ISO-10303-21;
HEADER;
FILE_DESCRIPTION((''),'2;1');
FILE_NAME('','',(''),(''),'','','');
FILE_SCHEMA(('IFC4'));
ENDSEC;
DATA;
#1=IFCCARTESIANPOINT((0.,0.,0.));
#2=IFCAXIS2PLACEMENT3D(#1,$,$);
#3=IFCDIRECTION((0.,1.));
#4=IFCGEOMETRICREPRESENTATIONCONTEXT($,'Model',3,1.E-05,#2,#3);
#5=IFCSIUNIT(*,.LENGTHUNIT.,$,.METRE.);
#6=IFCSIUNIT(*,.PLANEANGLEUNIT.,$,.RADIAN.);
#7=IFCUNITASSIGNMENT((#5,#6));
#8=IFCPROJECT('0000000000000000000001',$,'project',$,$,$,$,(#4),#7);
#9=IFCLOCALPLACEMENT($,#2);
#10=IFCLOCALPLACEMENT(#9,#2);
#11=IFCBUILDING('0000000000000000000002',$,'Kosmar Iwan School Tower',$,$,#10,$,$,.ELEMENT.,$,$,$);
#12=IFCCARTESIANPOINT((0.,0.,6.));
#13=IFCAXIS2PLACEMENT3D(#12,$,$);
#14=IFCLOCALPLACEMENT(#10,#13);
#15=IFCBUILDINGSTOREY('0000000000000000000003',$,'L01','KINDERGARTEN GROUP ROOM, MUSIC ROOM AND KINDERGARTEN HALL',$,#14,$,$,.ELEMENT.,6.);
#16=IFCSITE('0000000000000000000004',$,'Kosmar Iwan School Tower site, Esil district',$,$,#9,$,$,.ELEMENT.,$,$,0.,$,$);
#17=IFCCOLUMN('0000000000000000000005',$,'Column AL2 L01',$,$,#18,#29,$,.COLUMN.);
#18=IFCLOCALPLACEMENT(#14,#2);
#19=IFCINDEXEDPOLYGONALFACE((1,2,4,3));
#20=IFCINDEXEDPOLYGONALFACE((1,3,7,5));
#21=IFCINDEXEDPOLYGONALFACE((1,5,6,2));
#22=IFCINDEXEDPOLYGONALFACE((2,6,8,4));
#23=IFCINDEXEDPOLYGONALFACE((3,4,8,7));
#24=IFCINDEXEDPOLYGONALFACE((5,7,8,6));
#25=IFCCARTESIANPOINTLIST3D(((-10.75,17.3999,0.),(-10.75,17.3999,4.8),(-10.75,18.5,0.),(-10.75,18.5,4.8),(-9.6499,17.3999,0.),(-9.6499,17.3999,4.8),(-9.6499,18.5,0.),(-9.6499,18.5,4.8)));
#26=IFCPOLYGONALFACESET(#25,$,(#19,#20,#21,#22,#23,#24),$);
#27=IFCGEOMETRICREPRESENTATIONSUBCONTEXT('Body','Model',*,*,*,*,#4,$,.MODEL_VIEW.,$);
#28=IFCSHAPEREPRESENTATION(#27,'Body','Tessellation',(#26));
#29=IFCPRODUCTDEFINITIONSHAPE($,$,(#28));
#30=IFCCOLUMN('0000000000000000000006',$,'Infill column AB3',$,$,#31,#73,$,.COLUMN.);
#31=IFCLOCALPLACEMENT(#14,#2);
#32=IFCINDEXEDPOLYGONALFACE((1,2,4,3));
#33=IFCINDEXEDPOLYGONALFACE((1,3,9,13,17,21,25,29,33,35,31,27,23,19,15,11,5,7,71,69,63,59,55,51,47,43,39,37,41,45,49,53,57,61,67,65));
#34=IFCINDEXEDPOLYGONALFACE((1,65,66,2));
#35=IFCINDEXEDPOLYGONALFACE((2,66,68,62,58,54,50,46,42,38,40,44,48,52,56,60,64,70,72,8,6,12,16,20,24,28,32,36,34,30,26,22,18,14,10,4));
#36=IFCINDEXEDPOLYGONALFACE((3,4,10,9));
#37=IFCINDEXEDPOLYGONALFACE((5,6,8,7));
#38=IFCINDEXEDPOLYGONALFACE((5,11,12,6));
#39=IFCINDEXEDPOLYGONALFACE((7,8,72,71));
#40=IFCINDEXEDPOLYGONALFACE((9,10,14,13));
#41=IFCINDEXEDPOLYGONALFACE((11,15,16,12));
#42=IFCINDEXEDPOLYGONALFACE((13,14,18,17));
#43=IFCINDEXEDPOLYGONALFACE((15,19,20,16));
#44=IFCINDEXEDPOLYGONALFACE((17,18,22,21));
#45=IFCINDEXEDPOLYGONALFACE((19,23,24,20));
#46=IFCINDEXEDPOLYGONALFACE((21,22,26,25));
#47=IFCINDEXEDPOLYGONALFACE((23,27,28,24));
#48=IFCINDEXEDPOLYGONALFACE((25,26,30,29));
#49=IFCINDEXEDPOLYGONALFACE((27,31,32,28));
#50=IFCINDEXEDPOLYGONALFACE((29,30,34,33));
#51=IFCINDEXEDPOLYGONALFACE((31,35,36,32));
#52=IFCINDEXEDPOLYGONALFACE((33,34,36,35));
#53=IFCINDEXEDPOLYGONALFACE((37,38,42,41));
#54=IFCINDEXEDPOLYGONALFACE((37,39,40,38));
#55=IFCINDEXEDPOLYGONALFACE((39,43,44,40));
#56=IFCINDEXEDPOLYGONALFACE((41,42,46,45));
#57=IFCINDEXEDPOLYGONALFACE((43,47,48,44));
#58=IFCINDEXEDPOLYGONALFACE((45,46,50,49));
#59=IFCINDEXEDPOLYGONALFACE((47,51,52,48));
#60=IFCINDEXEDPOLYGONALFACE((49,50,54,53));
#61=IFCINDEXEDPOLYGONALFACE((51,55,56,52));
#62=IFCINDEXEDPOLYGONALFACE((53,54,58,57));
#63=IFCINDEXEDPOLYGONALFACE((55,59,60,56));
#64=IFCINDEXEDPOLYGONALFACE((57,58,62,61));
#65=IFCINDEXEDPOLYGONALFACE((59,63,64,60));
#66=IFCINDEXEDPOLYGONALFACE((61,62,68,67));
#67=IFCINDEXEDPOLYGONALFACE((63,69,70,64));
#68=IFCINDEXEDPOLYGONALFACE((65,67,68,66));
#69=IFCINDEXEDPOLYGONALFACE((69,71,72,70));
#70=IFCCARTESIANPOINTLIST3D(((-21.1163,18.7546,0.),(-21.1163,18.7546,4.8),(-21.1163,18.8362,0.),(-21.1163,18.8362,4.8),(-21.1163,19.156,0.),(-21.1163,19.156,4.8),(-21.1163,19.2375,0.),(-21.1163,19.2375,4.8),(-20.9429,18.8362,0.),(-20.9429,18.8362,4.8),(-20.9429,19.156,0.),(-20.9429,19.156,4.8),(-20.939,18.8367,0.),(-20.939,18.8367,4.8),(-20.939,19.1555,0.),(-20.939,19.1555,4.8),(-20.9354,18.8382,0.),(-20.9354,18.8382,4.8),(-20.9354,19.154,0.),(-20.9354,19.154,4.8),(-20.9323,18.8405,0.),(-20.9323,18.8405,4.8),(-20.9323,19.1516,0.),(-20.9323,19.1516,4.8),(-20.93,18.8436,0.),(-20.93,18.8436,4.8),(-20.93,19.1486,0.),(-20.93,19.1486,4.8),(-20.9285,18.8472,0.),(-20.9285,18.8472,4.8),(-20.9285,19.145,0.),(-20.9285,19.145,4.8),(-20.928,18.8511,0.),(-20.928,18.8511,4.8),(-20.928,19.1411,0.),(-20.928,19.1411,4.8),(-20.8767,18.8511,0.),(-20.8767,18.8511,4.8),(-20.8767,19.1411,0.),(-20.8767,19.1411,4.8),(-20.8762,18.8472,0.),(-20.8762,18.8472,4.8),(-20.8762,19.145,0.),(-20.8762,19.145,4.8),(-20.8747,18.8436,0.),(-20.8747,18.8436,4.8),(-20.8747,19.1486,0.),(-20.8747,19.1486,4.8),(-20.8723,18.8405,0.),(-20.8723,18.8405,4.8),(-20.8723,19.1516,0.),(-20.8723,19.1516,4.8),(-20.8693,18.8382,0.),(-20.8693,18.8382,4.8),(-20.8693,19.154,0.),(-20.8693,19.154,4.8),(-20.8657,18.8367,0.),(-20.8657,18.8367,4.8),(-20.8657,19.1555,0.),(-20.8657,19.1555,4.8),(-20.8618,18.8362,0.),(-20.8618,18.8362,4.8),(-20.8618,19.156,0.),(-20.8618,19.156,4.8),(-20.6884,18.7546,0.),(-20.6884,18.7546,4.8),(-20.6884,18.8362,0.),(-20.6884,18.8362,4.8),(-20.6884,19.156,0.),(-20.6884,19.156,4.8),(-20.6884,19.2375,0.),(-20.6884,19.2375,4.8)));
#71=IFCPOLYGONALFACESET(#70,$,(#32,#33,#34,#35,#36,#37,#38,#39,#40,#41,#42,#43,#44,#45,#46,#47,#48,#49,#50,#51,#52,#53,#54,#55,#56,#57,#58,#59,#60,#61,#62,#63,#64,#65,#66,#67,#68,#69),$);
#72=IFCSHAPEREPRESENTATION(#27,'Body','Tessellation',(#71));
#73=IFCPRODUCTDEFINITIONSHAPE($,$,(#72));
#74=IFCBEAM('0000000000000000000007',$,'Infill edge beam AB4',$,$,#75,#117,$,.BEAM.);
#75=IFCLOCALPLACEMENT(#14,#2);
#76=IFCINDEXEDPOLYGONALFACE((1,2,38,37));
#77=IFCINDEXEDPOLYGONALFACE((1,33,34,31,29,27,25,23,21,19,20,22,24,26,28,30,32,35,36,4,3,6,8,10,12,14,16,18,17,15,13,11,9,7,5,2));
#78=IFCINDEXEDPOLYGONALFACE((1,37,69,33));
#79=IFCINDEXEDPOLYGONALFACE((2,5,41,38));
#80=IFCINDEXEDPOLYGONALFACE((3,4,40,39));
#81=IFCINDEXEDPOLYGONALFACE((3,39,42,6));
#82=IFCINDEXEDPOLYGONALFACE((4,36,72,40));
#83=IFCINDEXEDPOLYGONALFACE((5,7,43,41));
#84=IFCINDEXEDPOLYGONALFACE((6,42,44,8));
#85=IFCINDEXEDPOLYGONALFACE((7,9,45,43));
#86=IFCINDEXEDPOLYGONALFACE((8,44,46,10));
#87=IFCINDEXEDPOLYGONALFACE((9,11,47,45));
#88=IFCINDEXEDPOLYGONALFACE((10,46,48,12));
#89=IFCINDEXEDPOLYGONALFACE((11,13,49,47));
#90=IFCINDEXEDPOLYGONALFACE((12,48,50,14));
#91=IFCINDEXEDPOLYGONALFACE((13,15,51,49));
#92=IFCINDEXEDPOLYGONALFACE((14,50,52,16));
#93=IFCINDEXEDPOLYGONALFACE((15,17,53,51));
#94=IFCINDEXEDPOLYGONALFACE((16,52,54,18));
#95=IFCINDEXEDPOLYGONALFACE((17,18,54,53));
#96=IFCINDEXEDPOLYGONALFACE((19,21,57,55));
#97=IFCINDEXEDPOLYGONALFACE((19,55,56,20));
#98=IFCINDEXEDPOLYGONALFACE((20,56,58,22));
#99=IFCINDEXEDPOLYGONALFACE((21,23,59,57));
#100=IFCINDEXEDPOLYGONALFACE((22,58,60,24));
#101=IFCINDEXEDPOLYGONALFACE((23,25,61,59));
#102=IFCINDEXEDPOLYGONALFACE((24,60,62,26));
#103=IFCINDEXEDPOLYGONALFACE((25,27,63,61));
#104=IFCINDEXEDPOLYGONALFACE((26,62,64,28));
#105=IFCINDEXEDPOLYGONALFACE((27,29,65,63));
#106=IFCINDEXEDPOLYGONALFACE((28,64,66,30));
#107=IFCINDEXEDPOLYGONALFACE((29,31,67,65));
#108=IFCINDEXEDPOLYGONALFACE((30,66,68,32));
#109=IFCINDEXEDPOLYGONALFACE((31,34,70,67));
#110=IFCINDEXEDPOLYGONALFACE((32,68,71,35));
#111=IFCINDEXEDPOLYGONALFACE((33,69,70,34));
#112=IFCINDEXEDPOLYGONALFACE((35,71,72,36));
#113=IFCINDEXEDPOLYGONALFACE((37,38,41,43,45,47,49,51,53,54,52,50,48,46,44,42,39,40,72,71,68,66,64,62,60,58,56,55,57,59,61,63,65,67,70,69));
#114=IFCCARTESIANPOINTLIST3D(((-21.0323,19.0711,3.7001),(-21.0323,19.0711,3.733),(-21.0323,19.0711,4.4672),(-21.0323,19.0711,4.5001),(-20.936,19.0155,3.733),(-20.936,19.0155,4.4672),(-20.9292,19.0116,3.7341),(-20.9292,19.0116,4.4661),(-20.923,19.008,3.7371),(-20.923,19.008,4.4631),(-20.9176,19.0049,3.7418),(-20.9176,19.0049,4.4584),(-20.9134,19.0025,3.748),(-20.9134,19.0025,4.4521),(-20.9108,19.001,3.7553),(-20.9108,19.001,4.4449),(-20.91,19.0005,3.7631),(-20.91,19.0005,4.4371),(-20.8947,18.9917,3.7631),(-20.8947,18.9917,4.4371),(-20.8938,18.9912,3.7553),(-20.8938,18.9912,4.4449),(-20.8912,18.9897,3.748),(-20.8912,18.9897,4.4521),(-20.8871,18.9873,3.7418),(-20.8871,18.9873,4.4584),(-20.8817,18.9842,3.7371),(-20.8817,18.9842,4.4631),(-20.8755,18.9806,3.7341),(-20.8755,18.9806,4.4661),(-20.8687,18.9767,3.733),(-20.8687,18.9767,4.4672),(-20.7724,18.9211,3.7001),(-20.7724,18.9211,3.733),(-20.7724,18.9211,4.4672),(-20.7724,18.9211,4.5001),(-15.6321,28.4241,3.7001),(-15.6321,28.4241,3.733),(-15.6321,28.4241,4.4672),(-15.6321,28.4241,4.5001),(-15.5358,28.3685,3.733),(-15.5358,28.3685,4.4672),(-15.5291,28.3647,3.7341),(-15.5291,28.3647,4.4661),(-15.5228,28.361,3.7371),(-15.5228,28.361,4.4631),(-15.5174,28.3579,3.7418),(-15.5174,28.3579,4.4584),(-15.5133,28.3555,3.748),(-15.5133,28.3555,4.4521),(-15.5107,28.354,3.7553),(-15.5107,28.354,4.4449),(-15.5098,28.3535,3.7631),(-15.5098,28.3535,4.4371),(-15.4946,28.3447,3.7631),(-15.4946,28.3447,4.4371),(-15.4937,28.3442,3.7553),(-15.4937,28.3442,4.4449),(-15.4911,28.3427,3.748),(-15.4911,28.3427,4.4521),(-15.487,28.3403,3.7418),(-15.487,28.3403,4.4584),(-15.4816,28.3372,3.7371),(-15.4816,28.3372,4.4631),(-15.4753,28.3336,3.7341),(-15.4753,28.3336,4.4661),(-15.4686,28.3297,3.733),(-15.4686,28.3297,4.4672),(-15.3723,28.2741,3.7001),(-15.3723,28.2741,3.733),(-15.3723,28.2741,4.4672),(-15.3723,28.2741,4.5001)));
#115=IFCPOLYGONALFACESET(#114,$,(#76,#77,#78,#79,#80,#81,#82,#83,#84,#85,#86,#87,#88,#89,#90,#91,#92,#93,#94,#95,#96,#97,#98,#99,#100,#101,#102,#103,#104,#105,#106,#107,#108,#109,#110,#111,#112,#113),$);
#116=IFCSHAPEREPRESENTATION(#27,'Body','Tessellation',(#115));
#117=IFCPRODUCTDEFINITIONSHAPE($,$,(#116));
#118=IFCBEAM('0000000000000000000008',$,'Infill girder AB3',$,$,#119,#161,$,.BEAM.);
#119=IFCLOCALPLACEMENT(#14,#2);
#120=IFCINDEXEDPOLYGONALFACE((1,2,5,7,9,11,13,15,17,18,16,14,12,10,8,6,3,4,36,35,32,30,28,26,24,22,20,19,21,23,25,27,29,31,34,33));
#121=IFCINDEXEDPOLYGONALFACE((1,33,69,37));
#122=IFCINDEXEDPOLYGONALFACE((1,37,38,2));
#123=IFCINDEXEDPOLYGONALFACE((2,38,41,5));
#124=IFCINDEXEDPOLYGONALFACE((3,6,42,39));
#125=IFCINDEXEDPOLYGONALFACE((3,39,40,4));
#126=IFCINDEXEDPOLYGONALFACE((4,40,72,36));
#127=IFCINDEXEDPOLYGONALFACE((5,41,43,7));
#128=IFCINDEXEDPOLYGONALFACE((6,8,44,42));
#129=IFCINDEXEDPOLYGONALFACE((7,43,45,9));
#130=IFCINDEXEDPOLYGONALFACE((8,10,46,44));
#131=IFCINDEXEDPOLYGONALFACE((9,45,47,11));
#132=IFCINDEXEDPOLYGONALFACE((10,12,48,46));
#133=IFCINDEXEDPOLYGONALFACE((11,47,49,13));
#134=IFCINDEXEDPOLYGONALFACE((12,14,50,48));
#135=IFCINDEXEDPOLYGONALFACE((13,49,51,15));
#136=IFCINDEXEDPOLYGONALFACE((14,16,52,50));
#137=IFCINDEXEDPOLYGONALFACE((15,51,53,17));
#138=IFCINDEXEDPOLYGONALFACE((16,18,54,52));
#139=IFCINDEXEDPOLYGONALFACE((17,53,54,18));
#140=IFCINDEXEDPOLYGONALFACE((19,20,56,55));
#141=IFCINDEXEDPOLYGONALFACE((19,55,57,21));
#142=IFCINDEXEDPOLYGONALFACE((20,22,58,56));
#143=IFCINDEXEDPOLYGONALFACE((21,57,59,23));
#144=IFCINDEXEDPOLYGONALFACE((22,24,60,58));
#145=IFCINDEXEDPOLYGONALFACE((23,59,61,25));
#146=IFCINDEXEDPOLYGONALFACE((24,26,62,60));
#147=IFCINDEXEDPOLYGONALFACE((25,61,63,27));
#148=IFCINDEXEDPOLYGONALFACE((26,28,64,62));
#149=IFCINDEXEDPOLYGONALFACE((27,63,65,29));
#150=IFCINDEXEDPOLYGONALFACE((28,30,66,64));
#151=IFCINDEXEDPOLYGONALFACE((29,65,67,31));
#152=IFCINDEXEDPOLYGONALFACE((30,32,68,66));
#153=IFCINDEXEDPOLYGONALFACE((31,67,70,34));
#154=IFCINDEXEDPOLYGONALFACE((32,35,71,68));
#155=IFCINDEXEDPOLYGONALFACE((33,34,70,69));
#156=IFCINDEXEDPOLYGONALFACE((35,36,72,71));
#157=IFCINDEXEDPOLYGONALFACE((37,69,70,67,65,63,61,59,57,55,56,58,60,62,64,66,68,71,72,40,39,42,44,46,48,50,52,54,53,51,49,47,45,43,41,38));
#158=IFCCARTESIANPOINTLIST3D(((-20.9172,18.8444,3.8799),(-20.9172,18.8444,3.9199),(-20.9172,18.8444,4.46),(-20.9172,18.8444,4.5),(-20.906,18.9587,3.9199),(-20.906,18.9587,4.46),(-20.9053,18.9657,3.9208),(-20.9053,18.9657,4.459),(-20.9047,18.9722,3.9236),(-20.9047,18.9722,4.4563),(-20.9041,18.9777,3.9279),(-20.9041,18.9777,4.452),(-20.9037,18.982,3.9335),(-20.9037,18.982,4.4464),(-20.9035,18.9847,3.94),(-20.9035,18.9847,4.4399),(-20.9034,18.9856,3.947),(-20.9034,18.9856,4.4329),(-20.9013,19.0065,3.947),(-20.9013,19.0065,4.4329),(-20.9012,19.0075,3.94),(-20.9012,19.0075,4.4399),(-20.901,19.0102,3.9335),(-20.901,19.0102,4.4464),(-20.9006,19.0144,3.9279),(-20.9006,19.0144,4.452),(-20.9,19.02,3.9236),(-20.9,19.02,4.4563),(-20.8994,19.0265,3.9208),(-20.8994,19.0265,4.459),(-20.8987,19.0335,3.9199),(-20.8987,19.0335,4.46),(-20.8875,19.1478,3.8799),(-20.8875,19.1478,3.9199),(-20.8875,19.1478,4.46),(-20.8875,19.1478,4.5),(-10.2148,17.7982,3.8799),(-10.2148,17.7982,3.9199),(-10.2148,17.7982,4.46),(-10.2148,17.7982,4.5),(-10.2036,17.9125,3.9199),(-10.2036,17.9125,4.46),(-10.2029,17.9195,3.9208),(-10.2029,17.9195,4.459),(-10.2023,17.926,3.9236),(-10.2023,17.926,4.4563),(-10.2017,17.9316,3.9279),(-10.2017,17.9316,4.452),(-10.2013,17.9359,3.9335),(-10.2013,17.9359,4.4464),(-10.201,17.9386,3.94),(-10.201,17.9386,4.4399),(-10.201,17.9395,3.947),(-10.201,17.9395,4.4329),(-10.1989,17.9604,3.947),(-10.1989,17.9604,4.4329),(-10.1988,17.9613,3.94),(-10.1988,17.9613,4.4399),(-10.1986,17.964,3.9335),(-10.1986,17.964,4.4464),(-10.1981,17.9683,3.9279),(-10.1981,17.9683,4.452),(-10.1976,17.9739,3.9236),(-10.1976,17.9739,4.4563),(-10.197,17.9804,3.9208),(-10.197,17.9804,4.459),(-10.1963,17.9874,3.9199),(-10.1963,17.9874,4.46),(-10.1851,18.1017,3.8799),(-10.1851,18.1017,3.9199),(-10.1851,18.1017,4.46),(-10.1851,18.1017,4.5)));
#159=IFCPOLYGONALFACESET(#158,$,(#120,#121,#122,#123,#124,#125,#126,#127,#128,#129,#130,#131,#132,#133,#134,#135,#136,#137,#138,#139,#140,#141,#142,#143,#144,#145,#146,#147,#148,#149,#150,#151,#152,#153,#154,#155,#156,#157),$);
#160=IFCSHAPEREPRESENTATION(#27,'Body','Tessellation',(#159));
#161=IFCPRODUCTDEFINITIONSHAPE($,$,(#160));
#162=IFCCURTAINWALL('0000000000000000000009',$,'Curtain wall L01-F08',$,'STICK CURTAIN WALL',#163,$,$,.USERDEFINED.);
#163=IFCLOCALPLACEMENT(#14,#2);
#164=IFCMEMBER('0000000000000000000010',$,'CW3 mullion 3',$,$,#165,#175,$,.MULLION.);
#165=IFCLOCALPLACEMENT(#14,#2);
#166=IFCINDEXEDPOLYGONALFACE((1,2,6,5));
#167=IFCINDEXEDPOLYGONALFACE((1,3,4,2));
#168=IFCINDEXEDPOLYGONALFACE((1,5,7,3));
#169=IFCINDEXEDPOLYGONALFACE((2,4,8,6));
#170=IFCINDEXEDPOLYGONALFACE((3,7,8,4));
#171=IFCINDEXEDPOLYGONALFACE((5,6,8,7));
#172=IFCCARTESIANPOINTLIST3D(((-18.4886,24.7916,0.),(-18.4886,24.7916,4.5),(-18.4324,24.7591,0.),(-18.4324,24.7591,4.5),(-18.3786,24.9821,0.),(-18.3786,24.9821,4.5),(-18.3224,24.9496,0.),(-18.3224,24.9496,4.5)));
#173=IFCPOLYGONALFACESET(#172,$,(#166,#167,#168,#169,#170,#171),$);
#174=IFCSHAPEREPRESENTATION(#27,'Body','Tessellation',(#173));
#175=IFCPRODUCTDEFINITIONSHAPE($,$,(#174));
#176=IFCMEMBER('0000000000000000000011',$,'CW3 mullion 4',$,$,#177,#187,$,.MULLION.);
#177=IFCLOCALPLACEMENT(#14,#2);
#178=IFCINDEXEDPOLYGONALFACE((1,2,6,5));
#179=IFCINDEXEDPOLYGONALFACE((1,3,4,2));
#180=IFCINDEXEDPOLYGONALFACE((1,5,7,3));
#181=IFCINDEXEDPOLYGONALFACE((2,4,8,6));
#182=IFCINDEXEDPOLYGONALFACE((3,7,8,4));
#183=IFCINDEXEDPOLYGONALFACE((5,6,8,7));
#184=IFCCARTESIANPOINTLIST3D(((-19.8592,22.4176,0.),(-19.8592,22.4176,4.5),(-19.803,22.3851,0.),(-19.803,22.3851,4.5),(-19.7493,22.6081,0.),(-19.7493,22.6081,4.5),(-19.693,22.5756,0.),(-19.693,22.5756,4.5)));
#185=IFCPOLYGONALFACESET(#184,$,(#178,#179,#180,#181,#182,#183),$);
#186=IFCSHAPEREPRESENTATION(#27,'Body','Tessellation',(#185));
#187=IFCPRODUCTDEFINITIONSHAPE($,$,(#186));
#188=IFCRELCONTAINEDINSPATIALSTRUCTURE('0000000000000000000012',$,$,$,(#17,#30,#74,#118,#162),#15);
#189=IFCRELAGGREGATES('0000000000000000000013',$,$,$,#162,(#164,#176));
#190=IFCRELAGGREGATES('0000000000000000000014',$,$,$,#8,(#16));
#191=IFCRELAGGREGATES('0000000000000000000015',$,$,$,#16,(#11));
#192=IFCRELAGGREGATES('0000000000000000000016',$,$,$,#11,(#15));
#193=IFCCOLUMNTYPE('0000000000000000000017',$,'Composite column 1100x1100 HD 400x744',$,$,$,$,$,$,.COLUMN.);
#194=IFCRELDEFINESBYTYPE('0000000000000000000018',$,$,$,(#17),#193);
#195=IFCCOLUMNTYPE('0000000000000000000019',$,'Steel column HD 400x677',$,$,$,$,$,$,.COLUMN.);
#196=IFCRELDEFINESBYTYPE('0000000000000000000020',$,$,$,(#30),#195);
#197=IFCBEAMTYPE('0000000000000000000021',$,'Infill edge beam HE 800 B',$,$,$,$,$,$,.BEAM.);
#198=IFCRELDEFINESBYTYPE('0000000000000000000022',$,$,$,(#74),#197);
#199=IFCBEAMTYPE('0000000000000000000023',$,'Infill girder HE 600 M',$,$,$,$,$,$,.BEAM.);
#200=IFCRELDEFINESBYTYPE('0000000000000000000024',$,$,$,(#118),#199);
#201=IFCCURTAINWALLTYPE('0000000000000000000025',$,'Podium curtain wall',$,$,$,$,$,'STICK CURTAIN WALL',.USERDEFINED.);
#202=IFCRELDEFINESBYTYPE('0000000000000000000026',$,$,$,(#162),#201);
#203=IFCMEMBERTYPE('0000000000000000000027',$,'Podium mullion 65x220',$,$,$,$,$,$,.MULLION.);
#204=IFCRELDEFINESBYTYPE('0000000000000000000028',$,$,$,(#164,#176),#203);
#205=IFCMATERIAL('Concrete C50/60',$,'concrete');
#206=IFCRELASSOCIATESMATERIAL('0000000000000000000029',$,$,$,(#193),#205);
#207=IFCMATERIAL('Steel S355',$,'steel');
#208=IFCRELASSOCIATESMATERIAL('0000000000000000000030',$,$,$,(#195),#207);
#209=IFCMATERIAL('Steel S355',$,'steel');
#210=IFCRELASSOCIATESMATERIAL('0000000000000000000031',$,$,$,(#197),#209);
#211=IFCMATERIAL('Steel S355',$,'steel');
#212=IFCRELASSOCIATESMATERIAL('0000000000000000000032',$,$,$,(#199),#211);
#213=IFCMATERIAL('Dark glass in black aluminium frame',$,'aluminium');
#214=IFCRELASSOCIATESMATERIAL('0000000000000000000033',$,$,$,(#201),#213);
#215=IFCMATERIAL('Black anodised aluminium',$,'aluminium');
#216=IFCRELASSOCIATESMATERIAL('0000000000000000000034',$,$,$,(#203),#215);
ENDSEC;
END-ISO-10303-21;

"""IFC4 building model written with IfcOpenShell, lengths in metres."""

from ifc_helpers import new_model, si_unit, direction, frame, origin, origin_2d, place, context, subcontext, project, spatial, rectangle, i_section, extrude, material, material_profile, profile_set, type_object, element, aggregate, save


model = new_model("IFC4")

# Units and contexts
model_context = context("Model", 3, precision=1e-05, world=origin(), true_north=direction((0.0, 1.0)))
body_context = subcontext(model_context, "Body", "Model", "MODEL_VIEW")
ifc_project = project(units=[si_unit("LENGTHUNIT", "METRE"), si_unit("PLANEANGLEUNIT", "RADIAN")], contexts=[model_context])

# Site, building, storey
site_placement = place(None, origin())
site = spatial("IfcSite", under=ifc_project, at=site_placement, Name="Kosmar Iwan School Tower site, Esil district", CompositionType="ELEMENT", RefElevation=0.0)
building_placement = place(site_placement, origin())
building = spatial("IfcBuilding", under=site, at=building_placement, Name="Kosmar Iwan School Tower", CompositionType="ELEMENT")
storey_placement = place(building_placement, frame((0.0, 0.0, 6.0)))
storey = spatial("IfcBuildingStorey", under=building, at=storey_placement, Name="L01", Description="KINDERGARTEN GROUP ROOM, MUSIC ROOM AND KINDERGARTEN HALL", CompositionType="ELEMENT", Elevation=6.0)

# Columns
ifc_material_1 = material(Name="Concrete C50/60", Category="concrete")
ifc_material_profile_1 = material_profile(ifc_material_1, rectangle(XDim=1.1001, YDim=1.1001, at=origin_2d()), Name="RC 1100x1100 + HD 400x744")
ifc_profile_set_1 = profile_set([ifc_material_profile_1], Name="Concrete C50/60")
column_type_1 = type_object("IfcColumnType", Name="Composite column 1100x1100 HD 400x744", PredefinedType="COLUMN", material=ifc_profile_set_1)
column_1_placement = place(storey_placement, frame((-10.2, 17.95, 0.0), z_axis=(0.0, 0.0, 1.0), x_axis=(0.0, 1.0, 0.0)))
element("IfcColumn", 1, at=column_1_placement, inside=storey, type_object=column_type_1, Name="Column AL2 L01", PredefinedType="COLUMN", context=body_context, shape_type="SweptSolid", body=[
    extrude(rectangle(XDim=1.1001, YDim=1.1001, at=origin_2d()), origin(), (0.0, 0.0, 1.0), 4.8),
])
ifc_material_2 = material(Name="Steel S355", Category="steel")
ifc_material_profile_2 = material_profile(ifc_material_2, i_section(OverallWidth=0.428, OverallDepth=0.4829, WebThickness=0.0513, FlangeThickness=0.0815, FilletRadius=0.0149, at=origin_2d()), Name="HD 400x677")
ifc_profile_set_2 = profile_set([ifc_material_profile_2], Name="Steel S355")
column_type_2 = type_object("IfcColumnType", Name="Steel column HD 400x677", PredefinedType="COLUMN", material=ifc_profile_set_2)
column_2_placement = place(storey_placement, frame((-20.9023, 18.9961, 0.0), z_axis=(0.0, 0.0, 1.0), x_axis=(1.0, 0.0, 0.0)))
element("IfcColumn", 2, at=column_2_placement, inside=storey, type_object=column_type_2, Name="Infill column AB3", PredefinedType="COLUMN", context=body_context, shape_type="SweptSolid", body=[
    extrude(i_section(OverallWidth=0.428, OverallDepth=0.4829, WebThickness=0.0513, FlangeThickness=0.0815, FilletRadius=0.0149, at=origin_2d()), origin(), (0.0, 0.0, 1.0), 4.8),
])

# Beams
ifc_material_3 = material(Name="Steel S355", Category="steel")
ifc_material_profile_3 = material_profile(ifc_material_3, i_section(OverallWidth=0.3, OverallDepth=0.8, WebThickness=0.0176, FlangeThickness=0.033, FilletRadius=0.03, at=origin_2d()), Name="HE 800 B")
ifc_profile_set_3 = profile_set([ifc_material_profile_3], Name="Steel S355")
beam_type_1 = type_object("IfcBeamType", Name="Infill edge beam HE 800 B", PredefinedType="BEAM", material=ifc_profile_set_3)
beam_1_placement = place(storey_placement, frame((-20.9023, 18.9961, 4.1001), z_axis=(0.500012, 0.866018, 0.0), x_axis=(-0.866018, 0.500012, 0.0)))
element("IfcBeam", 3, at=beam_1_placement, inside=storey, type_object=beam_type_1, Name="Infill edge beam AB4", PredefinedType="BEAM", context=body_context, shape_type="SweptSolid", body=[
    extrude(i_section(OverallWidth=0.3, OverallDepth=0.8, WebThickness=0.0176, FlangeThickness=0.033, FilletRadius=0.03, at=origin_2d()), origin(), (0.0, 0.0, 1.0), 10.8),
])
ifc_material_4 = material(Name="Steel S355", Category="steel")
ifc_material_profile_4 = material_profile(ifc_material_4, i_section(OverallWidth=0.3049, OverallDepth=0.6201, WebThickness=0.021, FlangeThickness=0.04, FilletRadius=0.0271, at=origin_2d()), Name="HE 600 M")
ifc_profile_set_4 = profile_set([ifc_material_profile_4], Name="Steel S355")
beam_type_2 = type_object("IfcBeamType", Name="Infill girder HE 600 M", PredefinedType="BEAM", material=ifc_profile_set_4)
beam_2_placement = place(storey_placement, frame((-20.9023, 18.9961, 4.1899), z_axis=(0.995257, -0.097285, 0.0), x_axis=(0.097285, 0.995257, 0.0)))
element("IfcBeam", 4, at=beam_2_placement, inside=storey, type_object=beam_type_2, Name="Infill girder AB3", PredefinedType="BEAM", context=body_context, shape_type="SweptSolid", body=[
    extrude(i_section(OverallWidth=0.3049, OverallDepth=0.6201, WebThickness=0.021, FlangeThickness=0.04, FilletRadius=0.0271, at=origin_2d()), origin(), (0.0, 0.0, 1.0), 10.7534),
])

# Curtain wall, members
ifc_material_5 = material(Name="Dark glass in black aluminium frame", Category="aluminium")
curtain_wall_type = type_object("IfcCurtainWallType", Name="Podium curtain wall", ElementType="STICK CURTAIN WALL", PredefinedType="USERDEFINED", material=ifc_material_5)
curtain_wall_placement = place(storey_placement, origin())
curtain_wall = element("IfcCurtainWall", 5, at=curtain_wall_placement, inside=storey, type_object=curtain_wall_type, Name="Curtain wall L01-F08", ObjectType="STICK CURTAIN WALL", PredefinedType="USERDEFINED")
ifc_material_6 = material(Name="Black anodised aluminium", Category="aluminium")
ifc_material_profile_5 = material_profile(ifc_material_6, rectangle(XDim=0.0649, YDim=0.22, at=origin_2d()), Name="MULLION 65x220")
ifc_profile_set_5 = profile_set([ifc_material_profile_5], Name="Black anodised aluminium")
member_type_1 = type_object("IfcMemberType", Name="Podium mullion 65x220", PredefinedType="MULLION", material=ifc_profile_set_5)
member_1_placement = place(storey_placement, frame((-18.4055, 24.8706, 0.0), z_axis=(0.0, 0.0, 1.0), x_axis=(0.866025, -0.5, 0.0)))
member_1 = element("IfcMember", 6, at=member_1_placement, type_object=member_type_1, Name="CW3 mullion 3", PredefinedType="MULLION", context=body_context, shape_type="SweptSolid", body=[
    extrude(rectangle(XDim=0.0649, YDim=0.22, at=origin_2d()), origin(), (0.0, 0.0, 1.0), 4.5),
])
member_2_placement = place(storey_placement, frame((-19.7761, 22.4966, 0.0), z_axis=(0.0, 0.0, 1.0), x_axis=(0.866025, -0.5, 0.0)))
member_2 = element("IfcMember", 7, at=member_2_placement, type_object=member_type_1, Name="CW3 mullion 4", PredefinedType="MULLION", context=body_context, shape_type="SweptSolid", body=[
    extrude(rectangle(XDim=0.0649, YDim=0.22, at=origin_2d()), origin(), (0.0, 0.0, 1.0), 4.5),
])
aggregate(curtain_wall, [member_1, member_2])

save(model, "model.ifc")
